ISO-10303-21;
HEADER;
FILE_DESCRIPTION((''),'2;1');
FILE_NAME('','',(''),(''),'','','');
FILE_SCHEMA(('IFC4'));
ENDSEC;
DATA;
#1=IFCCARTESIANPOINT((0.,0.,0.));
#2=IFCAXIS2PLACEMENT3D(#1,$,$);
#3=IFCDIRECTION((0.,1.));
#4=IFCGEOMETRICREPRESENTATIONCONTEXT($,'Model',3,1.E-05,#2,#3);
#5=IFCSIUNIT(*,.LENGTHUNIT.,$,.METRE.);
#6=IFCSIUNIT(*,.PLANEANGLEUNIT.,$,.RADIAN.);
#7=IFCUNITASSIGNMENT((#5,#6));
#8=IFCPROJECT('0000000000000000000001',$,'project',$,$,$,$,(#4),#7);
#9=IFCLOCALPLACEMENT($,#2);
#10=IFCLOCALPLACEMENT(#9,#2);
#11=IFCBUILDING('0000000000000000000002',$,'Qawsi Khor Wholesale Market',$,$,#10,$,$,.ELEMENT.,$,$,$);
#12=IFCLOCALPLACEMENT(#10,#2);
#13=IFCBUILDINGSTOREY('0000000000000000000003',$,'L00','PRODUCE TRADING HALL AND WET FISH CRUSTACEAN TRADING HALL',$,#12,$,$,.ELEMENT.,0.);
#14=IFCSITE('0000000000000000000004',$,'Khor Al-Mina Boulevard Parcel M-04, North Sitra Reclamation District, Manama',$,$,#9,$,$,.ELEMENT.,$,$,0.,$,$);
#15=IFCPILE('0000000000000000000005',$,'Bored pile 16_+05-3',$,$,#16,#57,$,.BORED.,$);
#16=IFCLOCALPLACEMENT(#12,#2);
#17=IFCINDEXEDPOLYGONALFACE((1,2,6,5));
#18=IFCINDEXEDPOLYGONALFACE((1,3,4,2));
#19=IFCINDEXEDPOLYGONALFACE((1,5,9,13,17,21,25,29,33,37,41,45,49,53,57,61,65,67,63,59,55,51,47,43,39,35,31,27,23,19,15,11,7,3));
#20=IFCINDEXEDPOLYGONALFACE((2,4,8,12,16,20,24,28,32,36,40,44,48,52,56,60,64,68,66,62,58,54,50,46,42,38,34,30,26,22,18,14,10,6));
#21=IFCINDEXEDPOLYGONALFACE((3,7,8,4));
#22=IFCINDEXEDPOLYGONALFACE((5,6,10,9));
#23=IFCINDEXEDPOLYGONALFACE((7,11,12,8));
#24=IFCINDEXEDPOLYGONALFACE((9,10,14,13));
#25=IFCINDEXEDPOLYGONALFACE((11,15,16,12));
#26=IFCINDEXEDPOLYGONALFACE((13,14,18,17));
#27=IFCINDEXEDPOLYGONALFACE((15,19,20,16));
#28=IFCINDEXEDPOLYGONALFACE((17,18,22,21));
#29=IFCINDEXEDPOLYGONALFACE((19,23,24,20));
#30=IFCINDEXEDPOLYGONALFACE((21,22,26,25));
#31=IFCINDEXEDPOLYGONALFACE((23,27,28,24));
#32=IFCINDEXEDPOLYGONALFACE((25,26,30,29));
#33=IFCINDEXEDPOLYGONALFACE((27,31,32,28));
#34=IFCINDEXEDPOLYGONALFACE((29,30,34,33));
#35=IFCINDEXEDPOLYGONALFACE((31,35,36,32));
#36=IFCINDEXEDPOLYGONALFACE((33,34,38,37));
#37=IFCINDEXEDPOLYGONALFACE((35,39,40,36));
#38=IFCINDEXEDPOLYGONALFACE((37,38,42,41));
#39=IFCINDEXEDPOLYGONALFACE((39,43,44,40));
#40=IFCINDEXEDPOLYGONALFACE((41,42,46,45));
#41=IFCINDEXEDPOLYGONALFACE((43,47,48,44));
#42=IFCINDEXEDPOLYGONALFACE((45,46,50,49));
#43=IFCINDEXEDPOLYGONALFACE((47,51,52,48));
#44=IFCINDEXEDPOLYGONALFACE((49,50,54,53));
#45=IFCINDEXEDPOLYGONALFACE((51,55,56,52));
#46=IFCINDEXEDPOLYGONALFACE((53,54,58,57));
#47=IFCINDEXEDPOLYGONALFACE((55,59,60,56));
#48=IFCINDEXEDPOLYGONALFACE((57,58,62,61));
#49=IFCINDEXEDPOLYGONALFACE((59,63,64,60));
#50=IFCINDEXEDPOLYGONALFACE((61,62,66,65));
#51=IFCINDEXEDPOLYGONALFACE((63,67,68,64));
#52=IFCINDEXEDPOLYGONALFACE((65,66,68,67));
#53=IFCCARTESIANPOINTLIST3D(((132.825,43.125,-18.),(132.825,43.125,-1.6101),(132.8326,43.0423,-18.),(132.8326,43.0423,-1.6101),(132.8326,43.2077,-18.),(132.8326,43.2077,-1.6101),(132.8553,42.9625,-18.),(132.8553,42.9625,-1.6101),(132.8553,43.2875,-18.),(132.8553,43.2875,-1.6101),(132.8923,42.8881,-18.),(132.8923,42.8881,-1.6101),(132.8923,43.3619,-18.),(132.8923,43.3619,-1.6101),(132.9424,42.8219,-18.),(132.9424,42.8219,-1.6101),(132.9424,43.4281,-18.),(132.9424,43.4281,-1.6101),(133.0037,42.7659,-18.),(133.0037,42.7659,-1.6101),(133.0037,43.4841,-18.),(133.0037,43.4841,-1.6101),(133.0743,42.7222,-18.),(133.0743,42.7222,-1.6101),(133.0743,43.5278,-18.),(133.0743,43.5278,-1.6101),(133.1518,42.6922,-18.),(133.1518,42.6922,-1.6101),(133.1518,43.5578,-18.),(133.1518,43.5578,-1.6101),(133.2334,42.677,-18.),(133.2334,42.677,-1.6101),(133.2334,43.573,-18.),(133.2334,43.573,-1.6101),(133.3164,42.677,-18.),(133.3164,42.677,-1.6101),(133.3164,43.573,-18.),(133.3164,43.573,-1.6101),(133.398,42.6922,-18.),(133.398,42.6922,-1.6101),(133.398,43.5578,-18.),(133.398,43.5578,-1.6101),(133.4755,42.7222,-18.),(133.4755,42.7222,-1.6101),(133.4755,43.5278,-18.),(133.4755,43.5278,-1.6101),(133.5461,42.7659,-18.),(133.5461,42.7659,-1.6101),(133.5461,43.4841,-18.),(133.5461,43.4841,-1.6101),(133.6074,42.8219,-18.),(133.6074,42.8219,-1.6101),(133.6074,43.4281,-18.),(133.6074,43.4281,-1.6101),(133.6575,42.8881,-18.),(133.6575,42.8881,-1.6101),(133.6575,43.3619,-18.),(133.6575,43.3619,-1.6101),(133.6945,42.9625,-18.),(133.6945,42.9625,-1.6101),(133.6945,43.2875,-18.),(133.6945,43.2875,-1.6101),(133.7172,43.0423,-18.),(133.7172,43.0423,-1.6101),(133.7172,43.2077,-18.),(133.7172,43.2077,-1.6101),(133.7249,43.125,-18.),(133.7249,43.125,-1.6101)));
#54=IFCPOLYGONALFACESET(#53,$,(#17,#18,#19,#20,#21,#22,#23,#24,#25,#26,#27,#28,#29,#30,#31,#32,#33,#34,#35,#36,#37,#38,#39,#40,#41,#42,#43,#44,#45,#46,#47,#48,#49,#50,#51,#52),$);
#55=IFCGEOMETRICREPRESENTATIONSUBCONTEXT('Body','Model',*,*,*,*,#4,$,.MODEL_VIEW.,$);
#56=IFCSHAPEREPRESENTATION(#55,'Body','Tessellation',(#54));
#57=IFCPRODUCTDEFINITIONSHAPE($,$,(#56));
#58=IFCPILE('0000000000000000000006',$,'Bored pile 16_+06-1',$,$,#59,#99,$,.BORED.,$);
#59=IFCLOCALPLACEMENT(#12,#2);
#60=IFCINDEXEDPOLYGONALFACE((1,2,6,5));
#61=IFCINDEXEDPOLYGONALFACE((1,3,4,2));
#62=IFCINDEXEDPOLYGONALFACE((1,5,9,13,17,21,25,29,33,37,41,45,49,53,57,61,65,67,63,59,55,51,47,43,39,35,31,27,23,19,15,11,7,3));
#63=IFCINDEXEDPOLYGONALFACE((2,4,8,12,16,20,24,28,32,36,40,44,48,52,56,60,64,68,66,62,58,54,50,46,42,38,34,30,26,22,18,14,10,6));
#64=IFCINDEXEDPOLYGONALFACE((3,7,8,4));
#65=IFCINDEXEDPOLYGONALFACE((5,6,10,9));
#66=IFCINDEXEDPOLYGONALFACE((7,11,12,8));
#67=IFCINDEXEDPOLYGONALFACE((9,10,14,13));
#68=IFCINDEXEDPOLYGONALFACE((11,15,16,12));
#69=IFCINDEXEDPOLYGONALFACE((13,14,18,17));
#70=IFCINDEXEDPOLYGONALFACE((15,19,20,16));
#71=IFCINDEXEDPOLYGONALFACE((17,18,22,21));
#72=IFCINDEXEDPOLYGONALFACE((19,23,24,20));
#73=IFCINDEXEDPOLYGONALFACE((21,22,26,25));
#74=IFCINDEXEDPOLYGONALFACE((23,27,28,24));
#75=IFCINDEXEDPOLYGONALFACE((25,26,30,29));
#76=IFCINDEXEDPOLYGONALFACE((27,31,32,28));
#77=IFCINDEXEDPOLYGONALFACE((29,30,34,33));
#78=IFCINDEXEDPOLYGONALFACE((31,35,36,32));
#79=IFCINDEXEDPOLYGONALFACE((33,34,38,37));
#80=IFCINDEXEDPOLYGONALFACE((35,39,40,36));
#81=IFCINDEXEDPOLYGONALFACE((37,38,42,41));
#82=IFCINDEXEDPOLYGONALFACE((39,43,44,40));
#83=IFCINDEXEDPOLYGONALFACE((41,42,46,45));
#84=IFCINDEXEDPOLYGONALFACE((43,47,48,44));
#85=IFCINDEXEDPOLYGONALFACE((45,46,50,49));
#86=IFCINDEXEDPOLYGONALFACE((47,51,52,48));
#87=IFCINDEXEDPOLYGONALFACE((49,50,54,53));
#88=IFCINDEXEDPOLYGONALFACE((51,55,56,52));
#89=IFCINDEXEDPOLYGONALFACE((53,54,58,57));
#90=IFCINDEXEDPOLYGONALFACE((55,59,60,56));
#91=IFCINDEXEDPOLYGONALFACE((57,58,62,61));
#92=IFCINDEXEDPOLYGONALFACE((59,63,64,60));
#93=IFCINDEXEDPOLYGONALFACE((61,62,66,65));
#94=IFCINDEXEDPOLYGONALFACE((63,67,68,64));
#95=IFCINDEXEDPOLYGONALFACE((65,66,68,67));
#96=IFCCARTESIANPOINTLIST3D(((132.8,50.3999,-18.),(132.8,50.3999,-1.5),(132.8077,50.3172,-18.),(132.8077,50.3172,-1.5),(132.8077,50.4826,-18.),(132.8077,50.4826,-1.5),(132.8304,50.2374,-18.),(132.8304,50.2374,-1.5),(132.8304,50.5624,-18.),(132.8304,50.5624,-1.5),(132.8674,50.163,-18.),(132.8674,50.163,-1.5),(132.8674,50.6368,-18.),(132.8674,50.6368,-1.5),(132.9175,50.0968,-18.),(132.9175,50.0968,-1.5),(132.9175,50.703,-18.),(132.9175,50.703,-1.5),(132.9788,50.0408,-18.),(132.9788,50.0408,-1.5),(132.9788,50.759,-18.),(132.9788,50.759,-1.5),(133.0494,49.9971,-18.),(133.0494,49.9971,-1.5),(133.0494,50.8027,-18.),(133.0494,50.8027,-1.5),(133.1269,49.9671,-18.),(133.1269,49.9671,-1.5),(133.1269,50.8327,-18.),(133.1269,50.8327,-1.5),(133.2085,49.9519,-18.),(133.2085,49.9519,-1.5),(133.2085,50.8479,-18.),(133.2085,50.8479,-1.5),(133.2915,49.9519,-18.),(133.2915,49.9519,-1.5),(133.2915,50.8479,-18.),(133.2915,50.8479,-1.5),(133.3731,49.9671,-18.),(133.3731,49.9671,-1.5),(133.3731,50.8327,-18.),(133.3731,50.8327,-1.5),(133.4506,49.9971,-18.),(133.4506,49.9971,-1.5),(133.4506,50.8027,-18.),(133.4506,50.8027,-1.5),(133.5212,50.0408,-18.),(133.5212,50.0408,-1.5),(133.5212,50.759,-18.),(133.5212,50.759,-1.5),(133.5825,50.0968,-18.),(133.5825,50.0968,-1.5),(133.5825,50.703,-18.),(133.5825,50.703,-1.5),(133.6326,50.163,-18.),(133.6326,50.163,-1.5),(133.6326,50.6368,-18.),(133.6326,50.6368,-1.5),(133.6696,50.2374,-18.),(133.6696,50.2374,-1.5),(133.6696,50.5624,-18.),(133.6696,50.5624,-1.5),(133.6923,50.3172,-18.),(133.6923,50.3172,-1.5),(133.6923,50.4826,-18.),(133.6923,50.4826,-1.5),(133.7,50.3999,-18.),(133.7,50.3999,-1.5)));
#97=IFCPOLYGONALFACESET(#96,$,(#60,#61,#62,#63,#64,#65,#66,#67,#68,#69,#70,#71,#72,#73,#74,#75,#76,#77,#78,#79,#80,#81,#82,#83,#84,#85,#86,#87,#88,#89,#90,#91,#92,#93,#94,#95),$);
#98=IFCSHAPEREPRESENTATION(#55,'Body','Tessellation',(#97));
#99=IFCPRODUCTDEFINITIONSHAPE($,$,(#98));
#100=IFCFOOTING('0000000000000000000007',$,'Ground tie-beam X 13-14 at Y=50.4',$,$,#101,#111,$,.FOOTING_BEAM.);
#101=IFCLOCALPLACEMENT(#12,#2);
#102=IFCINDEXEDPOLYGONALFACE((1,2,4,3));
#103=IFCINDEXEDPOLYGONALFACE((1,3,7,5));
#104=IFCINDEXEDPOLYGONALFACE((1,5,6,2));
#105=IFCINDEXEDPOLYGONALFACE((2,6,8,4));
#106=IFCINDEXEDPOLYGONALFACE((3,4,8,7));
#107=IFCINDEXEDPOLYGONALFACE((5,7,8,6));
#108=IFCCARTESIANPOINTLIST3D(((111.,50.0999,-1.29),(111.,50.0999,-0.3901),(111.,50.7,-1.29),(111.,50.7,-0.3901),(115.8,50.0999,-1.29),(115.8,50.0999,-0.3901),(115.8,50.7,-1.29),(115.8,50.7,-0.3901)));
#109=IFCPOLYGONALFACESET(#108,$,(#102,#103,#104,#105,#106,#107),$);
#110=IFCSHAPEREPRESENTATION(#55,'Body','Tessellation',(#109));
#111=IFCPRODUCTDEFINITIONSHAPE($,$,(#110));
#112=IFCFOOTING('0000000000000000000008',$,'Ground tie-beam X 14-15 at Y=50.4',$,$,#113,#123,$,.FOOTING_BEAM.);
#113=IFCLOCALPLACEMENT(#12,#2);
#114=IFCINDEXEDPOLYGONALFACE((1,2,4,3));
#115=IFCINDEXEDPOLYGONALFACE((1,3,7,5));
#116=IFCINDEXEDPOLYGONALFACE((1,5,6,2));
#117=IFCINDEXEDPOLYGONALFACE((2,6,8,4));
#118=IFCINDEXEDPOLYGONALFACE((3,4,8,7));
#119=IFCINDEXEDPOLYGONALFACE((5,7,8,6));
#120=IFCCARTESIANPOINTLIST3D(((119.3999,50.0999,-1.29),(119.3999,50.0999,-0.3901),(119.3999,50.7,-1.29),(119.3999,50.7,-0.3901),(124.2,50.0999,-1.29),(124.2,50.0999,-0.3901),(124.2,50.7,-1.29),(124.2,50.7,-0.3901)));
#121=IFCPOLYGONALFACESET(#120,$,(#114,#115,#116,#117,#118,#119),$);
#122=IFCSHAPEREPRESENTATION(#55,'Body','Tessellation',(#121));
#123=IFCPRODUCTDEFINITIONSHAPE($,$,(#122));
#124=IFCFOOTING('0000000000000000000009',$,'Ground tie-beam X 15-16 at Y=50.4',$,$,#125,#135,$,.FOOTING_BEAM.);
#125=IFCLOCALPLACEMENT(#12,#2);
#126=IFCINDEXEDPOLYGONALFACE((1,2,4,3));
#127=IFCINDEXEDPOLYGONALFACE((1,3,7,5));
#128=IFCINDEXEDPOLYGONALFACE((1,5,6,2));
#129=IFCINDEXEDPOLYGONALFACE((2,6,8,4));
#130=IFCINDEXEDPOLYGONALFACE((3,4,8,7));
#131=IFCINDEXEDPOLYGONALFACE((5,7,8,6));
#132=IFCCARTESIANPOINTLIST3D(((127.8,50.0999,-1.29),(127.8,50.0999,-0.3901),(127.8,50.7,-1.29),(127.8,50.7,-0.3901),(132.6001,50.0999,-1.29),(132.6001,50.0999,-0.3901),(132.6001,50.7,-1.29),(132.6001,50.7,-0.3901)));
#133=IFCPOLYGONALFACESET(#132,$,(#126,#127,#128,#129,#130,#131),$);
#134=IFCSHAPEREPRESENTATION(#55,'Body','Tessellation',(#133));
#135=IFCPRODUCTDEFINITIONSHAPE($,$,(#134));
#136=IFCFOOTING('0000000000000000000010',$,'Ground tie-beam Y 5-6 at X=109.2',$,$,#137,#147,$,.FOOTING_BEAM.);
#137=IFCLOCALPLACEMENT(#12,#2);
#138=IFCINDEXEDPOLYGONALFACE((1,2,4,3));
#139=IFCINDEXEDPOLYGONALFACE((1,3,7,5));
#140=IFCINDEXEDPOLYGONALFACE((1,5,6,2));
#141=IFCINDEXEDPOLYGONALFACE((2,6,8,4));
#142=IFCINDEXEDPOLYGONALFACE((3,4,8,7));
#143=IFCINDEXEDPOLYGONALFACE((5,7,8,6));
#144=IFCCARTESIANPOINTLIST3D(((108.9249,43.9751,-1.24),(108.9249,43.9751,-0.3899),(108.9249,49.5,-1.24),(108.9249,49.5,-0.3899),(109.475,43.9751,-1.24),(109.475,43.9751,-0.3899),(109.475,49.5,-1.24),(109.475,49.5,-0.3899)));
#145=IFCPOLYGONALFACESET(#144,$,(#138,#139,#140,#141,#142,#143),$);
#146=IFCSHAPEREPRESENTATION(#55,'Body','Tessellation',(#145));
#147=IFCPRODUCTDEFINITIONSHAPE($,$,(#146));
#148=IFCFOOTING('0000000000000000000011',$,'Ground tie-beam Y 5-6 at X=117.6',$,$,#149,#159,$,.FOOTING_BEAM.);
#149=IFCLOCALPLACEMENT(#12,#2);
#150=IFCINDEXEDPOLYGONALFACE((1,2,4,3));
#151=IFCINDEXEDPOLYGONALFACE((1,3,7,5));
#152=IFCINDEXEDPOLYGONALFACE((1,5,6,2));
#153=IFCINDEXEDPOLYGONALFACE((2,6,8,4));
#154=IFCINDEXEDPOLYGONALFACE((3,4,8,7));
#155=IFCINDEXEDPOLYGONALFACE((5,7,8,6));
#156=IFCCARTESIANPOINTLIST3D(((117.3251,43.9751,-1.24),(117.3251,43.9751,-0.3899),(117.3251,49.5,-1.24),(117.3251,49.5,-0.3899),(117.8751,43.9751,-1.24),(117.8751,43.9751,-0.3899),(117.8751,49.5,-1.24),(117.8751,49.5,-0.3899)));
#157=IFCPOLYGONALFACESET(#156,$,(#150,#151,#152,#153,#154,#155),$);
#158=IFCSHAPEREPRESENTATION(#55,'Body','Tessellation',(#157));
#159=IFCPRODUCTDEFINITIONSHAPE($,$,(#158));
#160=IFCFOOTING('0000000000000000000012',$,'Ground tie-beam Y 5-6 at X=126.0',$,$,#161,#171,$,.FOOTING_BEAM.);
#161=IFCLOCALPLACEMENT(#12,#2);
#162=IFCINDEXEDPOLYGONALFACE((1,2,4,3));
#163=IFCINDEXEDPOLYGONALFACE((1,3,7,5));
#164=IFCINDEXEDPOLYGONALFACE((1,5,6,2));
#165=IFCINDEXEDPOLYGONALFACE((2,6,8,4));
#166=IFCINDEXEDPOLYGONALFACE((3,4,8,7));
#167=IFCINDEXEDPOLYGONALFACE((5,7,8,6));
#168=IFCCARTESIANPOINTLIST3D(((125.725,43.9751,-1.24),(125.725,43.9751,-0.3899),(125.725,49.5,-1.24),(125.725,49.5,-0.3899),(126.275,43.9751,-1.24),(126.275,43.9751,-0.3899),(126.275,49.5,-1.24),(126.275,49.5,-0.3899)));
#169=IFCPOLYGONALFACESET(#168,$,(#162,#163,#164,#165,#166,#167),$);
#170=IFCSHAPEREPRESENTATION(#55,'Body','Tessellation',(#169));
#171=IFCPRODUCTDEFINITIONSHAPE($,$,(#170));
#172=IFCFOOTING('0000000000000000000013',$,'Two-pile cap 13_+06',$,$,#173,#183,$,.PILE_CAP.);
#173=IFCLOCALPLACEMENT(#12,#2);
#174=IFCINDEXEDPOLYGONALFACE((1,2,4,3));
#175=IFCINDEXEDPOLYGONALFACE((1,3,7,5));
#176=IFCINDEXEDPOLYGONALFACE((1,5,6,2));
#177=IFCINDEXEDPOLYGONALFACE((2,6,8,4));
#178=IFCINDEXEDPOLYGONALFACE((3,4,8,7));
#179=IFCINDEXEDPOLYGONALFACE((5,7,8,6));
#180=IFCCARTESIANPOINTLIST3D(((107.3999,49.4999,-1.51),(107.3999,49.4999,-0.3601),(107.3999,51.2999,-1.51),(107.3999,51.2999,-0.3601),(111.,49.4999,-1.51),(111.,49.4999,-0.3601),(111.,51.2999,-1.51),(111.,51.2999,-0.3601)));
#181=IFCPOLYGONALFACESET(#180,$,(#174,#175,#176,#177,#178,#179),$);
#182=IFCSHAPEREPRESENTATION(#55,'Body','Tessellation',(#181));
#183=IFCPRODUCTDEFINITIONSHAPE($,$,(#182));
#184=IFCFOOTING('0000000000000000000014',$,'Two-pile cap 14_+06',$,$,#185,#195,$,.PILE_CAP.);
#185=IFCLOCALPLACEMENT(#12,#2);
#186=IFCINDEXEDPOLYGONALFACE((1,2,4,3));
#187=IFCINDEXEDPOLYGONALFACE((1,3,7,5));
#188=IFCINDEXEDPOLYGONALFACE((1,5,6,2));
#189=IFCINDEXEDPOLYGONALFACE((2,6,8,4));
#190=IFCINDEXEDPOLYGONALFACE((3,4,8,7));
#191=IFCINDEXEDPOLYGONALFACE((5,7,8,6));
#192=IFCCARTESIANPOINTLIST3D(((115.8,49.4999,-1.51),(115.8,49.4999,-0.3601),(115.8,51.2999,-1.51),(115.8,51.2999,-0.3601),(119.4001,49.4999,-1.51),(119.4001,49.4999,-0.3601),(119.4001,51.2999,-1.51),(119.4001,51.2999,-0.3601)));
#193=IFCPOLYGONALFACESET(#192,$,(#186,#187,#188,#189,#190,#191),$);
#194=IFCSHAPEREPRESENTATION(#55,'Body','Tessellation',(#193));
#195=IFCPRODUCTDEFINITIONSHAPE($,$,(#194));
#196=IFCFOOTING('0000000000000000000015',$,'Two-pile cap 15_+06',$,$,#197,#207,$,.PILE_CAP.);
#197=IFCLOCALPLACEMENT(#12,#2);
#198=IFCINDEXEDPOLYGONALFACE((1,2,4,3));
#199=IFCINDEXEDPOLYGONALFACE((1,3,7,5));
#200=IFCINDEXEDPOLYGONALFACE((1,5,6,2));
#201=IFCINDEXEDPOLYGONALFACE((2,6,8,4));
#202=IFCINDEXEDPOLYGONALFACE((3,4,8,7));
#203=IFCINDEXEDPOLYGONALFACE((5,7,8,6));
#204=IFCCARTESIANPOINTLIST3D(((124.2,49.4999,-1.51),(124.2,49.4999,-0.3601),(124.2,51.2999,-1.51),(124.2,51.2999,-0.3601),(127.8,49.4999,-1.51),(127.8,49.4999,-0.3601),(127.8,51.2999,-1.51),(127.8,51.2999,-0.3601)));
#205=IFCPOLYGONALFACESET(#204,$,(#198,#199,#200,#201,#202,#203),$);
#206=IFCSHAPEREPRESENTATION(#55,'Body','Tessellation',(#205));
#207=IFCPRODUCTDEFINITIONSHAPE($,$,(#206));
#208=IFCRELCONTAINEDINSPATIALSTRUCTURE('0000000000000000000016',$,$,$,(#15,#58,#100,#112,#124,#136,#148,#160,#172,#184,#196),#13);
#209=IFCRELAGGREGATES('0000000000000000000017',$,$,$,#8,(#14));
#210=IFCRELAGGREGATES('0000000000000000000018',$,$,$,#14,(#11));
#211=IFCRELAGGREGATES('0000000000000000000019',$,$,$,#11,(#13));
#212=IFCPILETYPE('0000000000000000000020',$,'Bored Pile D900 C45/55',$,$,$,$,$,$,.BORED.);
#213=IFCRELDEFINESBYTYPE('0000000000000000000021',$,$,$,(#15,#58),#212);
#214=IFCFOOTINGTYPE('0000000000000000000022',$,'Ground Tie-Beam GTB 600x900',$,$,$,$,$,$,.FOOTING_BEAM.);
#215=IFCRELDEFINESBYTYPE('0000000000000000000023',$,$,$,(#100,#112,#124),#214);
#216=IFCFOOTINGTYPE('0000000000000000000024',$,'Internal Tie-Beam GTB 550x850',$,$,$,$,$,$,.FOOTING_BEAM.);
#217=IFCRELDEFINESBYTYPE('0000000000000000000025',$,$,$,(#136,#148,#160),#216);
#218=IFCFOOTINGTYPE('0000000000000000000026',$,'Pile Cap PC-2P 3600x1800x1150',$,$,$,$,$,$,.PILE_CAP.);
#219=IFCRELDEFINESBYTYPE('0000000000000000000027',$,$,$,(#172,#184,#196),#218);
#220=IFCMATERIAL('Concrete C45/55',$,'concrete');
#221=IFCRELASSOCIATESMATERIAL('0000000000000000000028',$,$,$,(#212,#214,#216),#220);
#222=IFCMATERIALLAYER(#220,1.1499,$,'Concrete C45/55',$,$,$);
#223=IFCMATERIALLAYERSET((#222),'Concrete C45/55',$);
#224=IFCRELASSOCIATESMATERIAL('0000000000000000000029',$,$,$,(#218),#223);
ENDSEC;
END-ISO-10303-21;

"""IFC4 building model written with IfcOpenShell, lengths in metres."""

from ifc_helpers import new_model, si_unit, direction, frame, origin, origin_2d, place, context, subcontext, project, spatial, rectangle, circle, extrude, material, layer, layer_set, material_profile, profile_set, type_object, element, save


model = new_model("IFC4")

# Units and contexts
model_context = context("Model", 3, precision=1e-05, world=origin(), true_north=direction((0.0, 1.0)))
body_context = subcontext(model_context, "Body", "Model", "MODEL_VIEW")
ifc_project = project(units=[si_unit("LENGTHUNIT", "METRE"), si_unit("PLANEANGLEUNIT", "RADIAN")], contexts=[model_context])

# Site, building, storey
site_placement = place(None, origin())
site = spatial("IfcSite", under=ifc_project, at=site_placement, Name="Khor Al-Mina Boulevard Parcel M-04, North Sitra Reclamation District, Manama", CompositionType="ELEMENT", RefElevation=0.0)
building_placement = place(site_placement, origin())
building = spatial("IfcBuilding", under=site, at=building_placement, Name="Qawsi Khor Wholesale Market", CompositionType="ELEMENT")
storey_placement = place(building_placement, origin())
storey = spatial("IfcBuildingStorey", under=building, at=storey_placement, Name="L00", Description="PRODUCE TRADING HALL AND WET FISH CRUSTACEAN TRADING HALL", CompositionType="ELEMENT", Elevation=0.0)

# Piles
ifc_material_1 = material(Name="Concrete C45/55", Category="concrete")
ifc_material_profile_1 = material_profile(ifc_material_1, circle(Radius=0.45, at=origin_2d()), Name="PILE D900")
ifc_profile_set_1 = profile_set([ifc_material_profile_1], Name="Concrete C45/55")
pile_type = type_object("IfcPileType", Name="Bored Pile D900 C45/55", PredefinedType="BORED", material=ifc_profile_set_1)
pile_1_placement = place(storey_placement, frame((133.2749, 43.125, -1.6101), z_axis=(0.0, 0.0, -1.0), x_axis=(1.0, 0.0, 0.0)))
element("IfcPile", 1, at=pile_1_placement, inside=storey, type_object=pile_type, Name="Bored pile 16_+05-3", PredefinedType="BORED", context=body_context, shape_type="SweptSolid", body=[
    extrude(circle(Radius=0.45, at=origin_2d()), origin(), (0.0, 0.0, 1.0), 16.3899),
])
pile_2_placement = place(storey_placement, frame((133.25, 50.3999, -1.5), z_axis=(0.0, 0.0, -1.0), x_axis=(1.0, 0.0, 0.0)))
element("IfcPile", 2, at=pile_2_placement, inside=storey, type_object=pile_type, Name="Bored pile 16_+06-1", PredefinedType="BORED", context=body_context, shape_type="SweptSolid", body=[
    extrude(circle(Radius=0.45, at=origin_2d()), origin(), (0.0, 0.0, 1.0), 16.5),
])

# Footings
ifc_material_profile_2 = material_profile(ifc_material_1, rectangle(XDim=0.6001, YDim=0.8999, at=origin_2d()), Name="RC 600x900")
ifc_profile_set_2 = profile_set([ifc_material_profile_2], Name="Concrete C45/55")
footing_type_1 = type_object("IfcFootingType", Name="Ground Tie-Beam GTB 600x900", PredefinedType="FOOTING_BEAM", material=ifc_profile_set_2)
for number, where, z_axis, x_axis, name in (
    (3, (111.0, 50.3999, -0.8401), (1.0, 0.0, 0.0), (0.0, 1.0, 0.0), "Ground tie-beam X 13-14 at Y=50.4"),
    (4, (119.3999, 50.3999, -0.8401), (1.0, 0.0, 0.0), (0.0, 1.0, 0.0), "Ground tie-beam X 14-15 at Y=50.4"),
    (5, (127.8, 50.3999, -0.8401), (1.0, 0.0, 0.0), (0.0, 1.0, 0.0), "Ground tie-beam X 15-16 at Y=50.4"),
):
    element("IfcFooting", number, at=place(storey_placement, frame(where, z_axis=z_axis, x_axis=x_axis)), inside=storey, type_object=footing_type_1, Name=name, PredefinedType="FOOTING_BEAM", context=body_context, shape_type="SweptSolid", body=[
        extrude(rectangle(XDim=0.6001, YDim=0.8999, at=origin_2d()), origin(), (0.0, 0.0, 1.0), 4.8),
    ])
ifc_material_profile_3 = material_profile(ifc_material_1, rectangle(XDim=0.55, YDim=0.8501, at=origin_2d()), Name="RC 550x850")
ifc_profile_set_3 = profile_set([ifc_material_profile_3], Name="Concrete C45/55")
footing_type_2 = type_object("IfcFootingType", Name="Internal Tie-Beam GTB 550x850", PredefinedType="FOOTING_BEAM", material=ifc_profile_set_3)
for number, where, z_axis, x_axis, name in (
    (6, (109.2, 43.9751, -0.8149), (0.0, 1.0, 0.0), (-1.0, 0.0, 0.0), "Ground tie-beam Y 5-6 at X=109.2"),
    (7, (117.6001, 43.9751, -0.8149), (0.0, 1.0, 0.0), (-1.0, 0.0, 0.0), "Ground tie-beam Y 5-6 at X=117.6"),
    (8, (126.0, 43.9751, -0.8149), (0.0, 1.0, 0.0), (-1.0, 0.0, 0.0), "Ground tie-beam Y 5-6 at X=126.0"),
):
    element("IfcFooting", number, at=place(storey_placement, frame(where, z_axis=z_axis, x_axis=x_axis)), inside=storey, type_object=footing_type_2, Name=name, PredefinedType="FOOTING_BEAM", context=body_context, shape_type="SweptSolid", body=[
        extrude(rectangle(XDim=0.55, YDim=0.8501, at=origin_2d()), origin(), (0.0, 0.0, 1.0), 5.5249),
    ])
ifc_layer = layer(ifc_material_1, 1.1499, Name="Concrete C45/55")
ifc_layer_set = layer_set([ifc_layer], Name="Concrete C45/55")
footing_type_3 = type_object("IfcFootingType", Name="Pile Cap PC-2P 3600x1800x1150", PredefinedType="PILE_CAP", material=ifc_layer_set)
for number, where, z_axis, x_axis, name in (
    (9, (109.2, 50.3999, -1.51), (0.0, 0.0, 1.0), (1.0, 0.0, 0.0), "Two-pile cap 13_+06"),
    (10, (117.6001, 50.3999, -1.51), (0.0, 0.0, 1.0), (1.0, 0.0, 0.0), "Two-pile cap 14_+06"),
    (11, (126.0, 50.3999, -1.51), (0.0, 0.0, 1.0), (1.0, 0.0, 0.0), "Two-pile cap 15_+06"),
):
    element("IfcFooting", number, at=place(storey_placement, frame(where, z_axis=z_axis, x_axis=x_axis)), inside=storey, type_object=footing_type_3, Name=name, PredefinedType="PILE_CAP", context=body_context, shape_type="SweptSolid", body=[
        extrude(rectangle(XDim=3.6001, YDim=1.8, at=origin_2d()), origin(), (0.0, 0.0, 1.0), 1.1499),
    ])

save(model, "model.ifc")
